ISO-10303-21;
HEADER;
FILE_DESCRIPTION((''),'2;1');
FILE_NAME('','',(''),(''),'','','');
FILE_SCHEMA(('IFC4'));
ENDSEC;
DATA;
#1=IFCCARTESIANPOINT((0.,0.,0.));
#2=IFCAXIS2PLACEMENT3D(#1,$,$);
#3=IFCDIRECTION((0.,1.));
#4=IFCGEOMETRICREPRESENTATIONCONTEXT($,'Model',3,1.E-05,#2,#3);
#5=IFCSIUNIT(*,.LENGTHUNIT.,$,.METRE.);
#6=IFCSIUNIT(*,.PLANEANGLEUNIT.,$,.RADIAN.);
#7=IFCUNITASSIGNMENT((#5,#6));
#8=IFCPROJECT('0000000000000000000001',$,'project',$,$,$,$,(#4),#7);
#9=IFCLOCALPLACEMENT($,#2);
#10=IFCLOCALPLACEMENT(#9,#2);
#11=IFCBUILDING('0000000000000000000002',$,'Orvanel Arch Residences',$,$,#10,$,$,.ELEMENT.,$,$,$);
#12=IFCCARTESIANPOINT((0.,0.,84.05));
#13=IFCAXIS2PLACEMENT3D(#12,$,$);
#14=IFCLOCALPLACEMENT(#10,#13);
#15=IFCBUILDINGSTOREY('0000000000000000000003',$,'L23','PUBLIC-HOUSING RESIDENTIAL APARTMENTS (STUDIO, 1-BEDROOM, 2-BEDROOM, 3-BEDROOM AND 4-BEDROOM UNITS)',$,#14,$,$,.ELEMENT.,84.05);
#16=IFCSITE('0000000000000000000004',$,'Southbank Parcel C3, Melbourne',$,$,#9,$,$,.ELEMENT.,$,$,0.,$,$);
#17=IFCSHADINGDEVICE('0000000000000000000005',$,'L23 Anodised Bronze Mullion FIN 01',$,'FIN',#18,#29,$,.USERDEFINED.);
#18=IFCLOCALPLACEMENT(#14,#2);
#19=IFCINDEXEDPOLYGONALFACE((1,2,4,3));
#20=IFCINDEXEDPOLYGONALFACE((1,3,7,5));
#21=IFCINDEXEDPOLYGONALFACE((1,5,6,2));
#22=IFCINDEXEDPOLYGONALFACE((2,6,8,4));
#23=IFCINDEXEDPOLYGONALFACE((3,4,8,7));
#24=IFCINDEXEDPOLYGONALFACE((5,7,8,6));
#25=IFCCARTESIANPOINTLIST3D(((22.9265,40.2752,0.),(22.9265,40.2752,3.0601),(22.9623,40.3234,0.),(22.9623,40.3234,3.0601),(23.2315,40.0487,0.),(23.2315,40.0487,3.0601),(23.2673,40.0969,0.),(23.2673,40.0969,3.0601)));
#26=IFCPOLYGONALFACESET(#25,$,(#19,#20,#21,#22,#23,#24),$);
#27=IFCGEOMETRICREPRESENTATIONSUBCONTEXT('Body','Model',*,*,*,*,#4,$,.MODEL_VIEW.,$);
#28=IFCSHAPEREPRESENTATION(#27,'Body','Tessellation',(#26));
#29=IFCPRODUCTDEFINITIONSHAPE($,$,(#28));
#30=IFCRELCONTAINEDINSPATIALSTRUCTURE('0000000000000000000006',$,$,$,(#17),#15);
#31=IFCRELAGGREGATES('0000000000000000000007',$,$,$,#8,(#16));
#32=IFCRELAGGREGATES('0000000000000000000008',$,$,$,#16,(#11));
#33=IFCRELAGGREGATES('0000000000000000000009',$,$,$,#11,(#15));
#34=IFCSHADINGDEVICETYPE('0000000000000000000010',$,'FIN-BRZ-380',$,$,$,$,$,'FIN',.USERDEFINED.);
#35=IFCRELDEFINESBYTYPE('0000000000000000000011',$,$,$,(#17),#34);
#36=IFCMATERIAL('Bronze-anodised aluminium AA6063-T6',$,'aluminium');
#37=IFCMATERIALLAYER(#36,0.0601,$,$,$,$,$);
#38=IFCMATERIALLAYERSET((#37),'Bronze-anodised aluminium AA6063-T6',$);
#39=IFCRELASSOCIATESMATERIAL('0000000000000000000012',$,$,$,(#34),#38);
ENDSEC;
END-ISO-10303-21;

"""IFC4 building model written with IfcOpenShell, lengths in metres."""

from ifc_helpers import new_model, si_unit, direction, frame, origin, origin_2d, place, context, subcontext, project, spatial, rectangle, extrude, material, layer, layer_set, type_object, element, save


model = new_model("IFC4")

# Units and contexts
model_context = context("Model", 3, precision=1e-05, world=origin(), true_north=direction((0.0, 1.0)))
body_context = subcontext(model_context, "Body", "Model", "MODEL_VIEW")
ifc_project = project(units=[si_unit("LENGTHUNIT", "METRE"), si_unit("PLANEANGLEUNIT", "RADIAN")], contexts=[model_context])

# Site, building, storey
site_placement = place(None, origin())
site = spatial("IfcSite", under=ifc_project, at=site_placement, Name="Southbank Parcel C3, Melbourne", CompositionType="ELEMENT", RefElevation=0.0)
building_placement = place(site_placement, origin())
building = spatial("IfcBuilding", under=site, at=building_placement, Name="Orvanel Arch Residences", CompositionType="ELEMENT")
storey_placement = place(building_placement, frame((0.0, 0.0, 84.05)))
storey = spatial("IfcBuildingStorey", under=building, at=storey_placement, Name="L23", Description="PUBLIC-HOUSING RESIDENTIAL APARTMENTS (STUDIO, 1-BEDROOM, 2-BEDROOM, 3-BEDROOM AND 4-BEDROOM UNITS)", CompositionType="ELEMENT", Elevation=84.05)

# Shared definitions
ifc_material_1 = material(Name="Bronze-anodised aluminium AA6063-T6", Category="aluminium")

# Shading device
ifc_layer_1 = layer(ifc_material_1, 0.0601)
ifc_layer_set_1 = layer_set([ifc_layer_1], Name="Bronze-anodised aluminium AA6063-T6")
shading_device_type = type_object("IfcShadingDeviceType", Name="FIN-BRZ-380", ElementType="FIN", PredefinedType="USERDEFINED", material=ifc_layer_set_1)
shading_device_placement = place(storey_placement, frame((23.0969, 40.186, 0.0), z_axis=(0.0, 0.0, 1.0), x_axis=(-0.802817, 0.596225, 0.0)))
element("IfcShadingDevice", 1, at=shading_device_placement, inside=storey, type_object=shading_device_type, Name="L23 Anodised Bronze Mullion FIN 01", ObjectType="FIN", PredefinedType="USERDEFINED", context=body_context, shape_type="SweptSolid", body=[
    extrude(rectangle(XDim=0.3799, YDim=0.0601, at=origin_2d()), origin(), (0.0, 0.0, 1.0), 3.0601),
])

save(model, "model.ifc")
